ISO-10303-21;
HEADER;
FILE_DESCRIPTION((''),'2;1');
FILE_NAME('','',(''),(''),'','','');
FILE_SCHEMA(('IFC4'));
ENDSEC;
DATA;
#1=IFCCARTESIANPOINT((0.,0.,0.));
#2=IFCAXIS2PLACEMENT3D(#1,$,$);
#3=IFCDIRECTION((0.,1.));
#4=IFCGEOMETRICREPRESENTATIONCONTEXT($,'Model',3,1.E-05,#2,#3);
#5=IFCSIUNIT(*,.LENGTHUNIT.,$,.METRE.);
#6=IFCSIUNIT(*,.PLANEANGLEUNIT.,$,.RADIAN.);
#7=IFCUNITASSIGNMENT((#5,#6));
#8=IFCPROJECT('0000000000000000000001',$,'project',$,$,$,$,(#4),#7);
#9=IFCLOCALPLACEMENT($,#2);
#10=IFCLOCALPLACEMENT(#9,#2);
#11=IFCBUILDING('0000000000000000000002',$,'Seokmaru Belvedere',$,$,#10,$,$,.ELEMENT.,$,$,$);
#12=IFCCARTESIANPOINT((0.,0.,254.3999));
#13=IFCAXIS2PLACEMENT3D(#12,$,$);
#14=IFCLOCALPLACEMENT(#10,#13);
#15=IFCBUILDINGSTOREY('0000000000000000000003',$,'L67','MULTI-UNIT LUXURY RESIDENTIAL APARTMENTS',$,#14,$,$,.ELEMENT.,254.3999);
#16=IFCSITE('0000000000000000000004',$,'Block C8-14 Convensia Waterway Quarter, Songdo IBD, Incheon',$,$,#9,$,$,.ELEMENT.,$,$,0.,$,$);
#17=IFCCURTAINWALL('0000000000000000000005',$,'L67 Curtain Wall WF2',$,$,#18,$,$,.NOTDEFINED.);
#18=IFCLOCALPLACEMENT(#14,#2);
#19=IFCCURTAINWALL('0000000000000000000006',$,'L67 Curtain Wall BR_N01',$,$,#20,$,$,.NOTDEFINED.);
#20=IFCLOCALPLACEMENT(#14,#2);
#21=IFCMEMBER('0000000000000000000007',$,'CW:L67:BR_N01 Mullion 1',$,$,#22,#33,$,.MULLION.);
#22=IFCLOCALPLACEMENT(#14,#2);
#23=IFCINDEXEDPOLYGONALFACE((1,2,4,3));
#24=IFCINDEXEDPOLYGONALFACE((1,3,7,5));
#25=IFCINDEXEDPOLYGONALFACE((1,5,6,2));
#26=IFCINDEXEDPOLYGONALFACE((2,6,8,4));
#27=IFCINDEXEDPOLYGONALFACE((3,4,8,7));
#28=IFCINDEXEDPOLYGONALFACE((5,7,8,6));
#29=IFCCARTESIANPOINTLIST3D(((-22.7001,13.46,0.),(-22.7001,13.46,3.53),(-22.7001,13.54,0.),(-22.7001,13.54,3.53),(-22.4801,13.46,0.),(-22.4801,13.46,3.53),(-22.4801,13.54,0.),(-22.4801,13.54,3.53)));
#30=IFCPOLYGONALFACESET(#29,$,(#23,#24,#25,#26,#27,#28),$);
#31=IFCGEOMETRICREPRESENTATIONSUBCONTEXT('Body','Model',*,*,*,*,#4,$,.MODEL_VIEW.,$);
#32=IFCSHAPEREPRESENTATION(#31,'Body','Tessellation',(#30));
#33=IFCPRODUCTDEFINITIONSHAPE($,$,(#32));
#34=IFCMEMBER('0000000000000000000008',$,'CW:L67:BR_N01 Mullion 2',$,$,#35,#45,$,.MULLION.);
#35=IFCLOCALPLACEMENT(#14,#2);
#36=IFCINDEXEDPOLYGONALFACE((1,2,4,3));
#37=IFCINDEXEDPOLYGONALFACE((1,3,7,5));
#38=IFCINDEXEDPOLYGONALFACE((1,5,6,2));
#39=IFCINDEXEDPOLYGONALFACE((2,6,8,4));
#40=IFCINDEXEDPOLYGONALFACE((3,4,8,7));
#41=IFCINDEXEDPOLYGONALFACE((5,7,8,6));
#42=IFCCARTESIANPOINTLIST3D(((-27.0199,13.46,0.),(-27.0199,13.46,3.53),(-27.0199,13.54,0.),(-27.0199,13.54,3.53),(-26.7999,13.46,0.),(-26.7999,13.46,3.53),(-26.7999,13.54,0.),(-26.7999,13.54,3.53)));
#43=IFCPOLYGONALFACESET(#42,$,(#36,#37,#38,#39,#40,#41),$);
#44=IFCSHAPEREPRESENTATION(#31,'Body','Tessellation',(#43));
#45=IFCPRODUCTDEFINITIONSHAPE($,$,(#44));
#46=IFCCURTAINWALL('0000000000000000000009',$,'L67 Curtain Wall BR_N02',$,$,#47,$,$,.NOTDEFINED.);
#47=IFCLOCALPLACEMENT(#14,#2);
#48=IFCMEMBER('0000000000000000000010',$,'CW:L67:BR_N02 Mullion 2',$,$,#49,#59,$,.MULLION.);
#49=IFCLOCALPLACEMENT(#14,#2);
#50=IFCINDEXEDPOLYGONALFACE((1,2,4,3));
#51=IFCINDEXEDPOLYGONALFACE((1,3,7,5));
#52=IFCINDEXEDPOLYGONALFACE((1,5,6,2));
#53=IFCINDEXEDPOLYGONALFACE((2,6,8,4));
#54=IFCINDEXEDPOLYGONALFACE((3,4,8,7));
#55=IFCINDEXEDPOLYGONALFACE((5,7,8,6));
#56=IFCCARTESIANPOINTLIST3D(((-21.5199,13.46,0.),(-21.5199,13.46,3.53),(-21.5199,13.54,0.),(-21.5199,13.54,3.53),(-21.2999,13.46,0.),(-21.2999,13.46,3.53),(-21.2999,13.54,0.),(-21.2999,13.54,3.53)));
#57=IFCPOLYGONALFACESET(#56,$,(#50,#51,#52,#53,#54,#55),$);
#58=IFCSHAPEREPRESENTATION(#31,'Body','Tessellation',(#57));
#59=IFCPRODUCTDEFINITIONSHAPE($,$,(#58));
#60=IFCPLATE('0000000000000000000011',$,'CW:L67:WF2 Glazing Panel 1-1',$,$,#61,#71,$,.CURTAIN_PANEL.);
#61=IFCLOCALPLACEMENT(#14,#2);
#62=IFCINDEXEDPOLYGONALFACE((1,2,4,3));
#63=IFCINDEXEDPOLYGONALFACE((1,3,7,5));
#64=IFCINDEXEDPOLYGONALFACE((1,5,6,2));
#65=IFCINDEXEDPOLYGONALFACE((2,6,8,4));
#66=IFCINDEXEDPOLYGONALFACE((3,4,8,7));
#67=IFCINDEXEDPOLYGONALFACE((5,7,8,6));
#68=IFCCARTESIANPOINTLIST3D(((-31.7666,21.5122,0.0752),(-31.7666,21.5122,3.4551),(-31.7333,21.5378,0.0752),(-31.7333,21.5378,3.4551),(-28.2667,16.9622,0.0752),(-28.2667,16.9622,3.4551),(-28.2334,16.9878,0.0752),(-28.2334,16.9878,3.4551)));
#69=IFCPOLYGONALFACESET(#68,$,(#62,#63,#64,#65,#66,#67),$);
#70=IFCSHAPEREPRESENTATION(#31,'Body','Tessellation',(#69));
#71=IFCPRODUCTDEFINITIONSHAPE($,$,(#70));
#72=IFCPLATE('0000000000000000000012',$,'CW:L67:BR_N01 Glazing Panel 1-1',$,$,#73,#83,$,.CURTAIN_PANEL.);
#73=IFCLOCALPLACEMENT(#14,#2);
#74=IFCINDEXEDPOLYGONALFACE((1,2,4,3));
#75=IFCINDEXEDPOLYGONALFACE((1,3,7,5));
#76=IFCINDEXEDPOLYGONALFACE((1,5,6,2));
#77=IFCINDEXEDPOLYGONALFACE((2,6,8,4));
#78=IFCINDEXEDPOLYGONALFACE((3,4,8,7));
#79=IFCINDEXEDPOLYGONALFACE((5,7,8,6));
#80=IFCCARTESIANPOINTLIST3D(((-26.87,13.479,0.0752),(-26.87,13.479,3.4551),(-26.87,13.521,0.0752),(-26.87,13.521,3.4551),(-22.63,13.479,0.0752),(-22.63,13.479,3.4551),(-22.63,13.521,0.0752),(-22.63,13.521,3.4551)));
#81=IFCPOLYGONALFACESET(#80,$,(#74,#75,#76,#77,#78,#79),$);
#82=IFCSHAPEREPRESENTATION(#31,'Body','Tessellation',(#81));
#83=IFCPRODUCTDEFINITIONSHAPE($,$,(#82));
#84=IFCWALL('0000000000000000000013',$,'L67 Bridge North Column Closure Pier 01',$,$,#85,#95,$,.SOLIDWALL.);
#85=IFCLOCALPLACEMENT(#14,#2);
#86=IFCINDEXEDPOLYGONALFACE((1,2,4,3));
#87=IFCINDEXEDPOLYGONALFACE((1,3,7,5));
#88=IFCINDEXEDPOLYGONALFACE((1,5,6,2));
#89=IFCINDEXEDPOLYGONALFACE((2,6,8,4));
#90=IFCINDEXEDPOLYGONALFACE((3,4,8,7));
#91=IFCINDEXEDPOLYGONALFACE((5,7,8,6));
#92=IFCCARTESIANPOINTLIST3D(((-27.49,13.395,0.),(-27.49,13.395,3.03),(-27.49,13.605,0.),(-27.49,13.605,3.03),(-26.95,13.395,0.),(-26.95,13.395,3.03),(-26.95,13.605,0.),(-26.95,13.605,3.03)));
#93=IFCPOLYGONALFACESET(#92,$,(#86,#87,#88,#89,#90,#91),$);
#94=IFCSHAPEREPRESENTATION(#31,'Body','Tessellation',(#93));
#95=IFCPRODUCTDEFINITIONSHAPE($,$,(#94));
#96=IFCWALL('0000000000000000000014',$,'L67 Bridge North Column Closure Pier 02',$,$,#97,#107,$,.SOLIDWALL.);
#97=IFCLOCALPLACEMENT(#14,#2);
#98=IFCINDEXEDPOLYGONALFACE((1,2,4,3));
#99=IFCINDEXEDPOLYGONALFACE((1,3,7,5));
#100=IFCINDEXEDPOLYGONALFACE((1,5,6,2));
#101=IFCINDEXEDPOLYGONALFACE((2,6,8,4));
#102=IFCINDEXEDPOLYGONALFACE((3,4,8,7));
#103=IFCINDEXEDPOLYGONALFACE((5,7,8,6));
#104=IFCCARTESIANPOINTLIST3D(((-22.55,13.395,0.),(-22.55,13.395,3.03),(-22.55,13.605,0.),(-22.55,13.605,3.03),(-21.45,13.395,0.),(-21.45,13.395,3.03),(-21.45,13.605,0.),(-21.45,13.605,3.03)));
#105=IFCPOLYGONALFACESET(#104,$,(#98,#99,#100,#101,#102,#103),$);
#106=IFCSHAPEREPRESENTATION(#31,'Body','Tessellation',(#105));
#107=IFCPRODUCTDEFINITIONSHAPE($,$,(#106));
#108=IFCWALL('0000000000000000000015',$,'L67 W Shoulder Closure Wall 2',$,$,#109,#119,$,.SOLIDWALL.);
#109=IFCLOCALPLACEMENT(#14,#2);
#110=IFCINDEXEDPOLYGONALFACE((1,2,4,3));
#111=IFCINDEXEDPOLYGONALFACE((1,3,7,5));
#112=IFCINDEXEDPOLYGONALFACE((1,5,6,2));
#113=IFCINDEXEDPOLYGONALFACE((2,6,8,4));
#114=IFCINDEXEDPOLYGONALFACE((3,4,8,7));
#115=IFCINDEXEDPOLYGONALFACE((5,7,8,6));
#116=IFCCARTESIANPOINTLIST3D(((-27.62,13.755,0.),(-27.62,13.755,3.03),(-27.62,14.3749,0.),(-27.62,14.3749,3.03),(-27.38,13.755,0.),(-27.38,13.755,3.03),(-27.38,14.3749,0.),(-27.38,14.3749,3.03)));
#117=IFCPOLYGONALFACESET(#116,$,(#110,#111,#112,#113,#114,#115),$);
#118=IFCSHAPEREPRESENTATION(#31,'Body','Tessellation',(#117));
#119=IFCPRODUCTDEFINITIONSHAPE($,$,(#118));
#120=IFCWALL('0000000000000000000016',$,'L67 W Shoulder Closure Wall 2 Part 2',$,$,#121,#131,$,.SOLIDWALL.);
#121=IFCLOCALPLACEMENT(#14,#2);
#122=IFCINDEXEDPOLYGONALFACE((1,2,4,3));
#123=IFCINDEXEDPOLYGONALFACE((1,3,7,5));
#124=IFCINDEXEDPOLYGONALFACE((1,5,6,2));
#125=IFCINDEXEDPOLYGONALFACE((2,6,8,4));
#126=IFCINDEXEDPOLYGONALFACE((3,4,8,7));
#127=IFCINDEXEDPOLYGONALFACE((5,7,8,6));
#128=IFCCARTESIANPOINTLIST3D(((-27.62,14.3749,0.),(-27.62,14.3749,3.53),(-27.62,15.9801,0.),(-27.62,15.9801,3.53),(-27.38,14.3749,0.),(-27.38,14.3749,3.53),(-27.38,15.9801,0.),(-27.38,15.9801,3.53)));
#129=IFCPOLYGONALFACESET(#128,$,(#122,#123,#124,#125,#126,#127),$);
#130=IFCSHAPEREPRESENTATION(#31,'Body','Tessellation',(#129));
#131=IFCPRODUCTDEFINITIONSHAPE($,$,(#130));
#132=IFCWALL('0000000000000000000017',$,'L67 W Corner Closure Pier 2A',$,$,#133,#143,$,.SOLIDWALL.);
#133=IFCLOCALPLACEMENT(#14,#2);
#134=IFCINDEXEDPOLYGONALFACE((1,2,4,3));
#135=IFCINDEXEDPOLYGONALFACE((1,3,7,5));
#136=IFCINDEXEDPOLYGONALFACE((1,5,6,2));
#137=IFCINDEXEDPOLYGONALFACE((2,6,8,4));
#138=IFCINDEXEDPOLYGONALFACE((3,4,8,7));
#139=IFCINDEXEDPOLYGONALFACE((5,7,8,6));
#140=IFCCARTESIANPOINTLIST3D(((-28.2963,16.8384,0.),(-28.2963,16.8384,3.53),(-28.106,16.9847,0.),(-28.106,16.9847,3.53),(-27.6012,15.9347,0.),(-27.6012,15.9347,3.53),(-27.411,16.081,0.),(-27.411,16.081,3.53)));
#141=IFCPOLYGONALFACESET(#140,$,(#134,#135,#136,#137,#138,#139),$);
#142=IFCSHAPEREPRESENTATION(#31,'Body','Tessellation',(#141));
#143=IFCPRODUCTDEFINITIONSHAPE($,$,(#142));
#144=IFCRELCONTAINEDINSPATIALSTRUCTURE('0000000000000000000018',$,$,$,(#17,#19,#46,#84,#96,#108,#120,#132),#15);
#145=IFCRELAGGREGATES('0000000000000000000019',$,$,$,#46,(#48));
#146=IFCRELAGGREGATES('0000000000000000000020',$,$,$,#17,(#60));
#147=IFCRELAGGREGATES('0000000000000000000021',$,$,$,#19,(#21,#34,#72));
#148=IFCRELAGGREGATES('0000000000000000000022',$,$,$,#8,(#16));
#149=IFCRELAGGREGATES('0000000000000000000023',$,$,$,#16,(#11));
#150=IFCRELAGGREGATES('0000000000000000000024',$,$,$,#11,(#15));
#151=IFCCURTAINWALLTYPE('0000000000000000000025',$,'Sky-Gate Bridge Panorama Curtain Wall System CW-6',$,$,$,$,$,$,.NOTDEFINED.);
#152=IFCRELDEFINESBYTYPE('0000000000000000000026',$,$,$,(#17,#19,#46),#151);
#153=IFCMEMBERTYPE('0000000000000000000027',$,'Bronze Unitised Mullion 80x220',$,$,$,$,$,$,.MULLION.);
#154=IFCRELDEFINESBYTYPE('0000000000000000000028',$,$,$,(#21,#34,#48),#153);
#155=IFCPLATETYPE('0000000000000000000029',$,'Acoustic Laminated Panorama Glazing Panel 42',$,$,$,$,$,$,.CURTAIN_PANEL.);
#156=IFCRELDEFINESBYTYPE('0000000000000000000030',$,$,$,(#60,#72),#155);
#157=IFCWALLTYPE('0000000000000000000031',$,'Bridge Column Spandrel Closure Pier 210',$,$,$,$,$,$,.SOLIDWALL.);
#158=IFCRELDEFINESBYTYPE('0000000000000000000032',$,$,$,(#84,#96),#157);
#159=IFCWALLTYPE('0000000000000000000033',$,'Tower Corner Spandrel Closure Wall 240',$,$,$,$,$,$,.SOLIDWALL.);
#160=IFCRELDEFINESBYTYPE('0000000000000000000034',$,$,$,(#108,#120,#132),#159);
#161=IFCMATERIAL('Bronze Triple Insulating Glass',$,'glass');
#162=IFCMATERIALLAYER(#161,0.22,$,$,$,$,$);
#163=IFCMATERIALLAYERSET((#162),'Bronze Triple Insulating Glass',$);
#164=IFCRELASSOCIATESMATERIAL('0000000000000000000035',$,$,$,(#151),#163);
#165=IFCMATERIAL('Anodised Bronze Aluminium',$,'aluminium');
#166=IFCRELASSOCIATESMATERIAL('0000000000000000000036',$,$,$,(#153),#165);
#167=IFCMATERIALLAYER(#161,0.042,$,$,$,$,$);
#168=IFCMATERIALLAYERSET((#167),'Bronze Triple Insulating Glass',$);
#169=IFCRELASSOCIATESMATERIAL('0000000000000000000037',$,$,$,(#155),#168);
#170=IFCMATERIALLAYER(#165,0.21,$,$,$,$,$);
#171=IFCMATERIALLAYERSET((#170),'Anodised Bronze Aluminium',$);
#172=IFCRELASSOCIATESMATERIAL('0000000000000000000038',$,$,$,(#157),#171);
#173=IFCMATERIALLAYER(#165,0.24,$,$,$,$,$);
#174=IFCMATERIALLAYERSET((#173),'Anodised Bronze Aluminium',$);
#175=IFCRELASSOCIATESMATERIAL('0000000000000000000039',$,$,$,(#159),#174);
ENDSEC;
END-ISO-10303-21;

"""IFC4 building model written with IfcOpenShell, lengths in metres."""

from ifc_helpers import new_model, si_unit, direction, frame, frame_2d, origin, origin_2d, place, context, subcontext, project, spatial, rectangle, extrude, source, transform, mapped, material, layer, layer_set, material_profile, profile_set, type_object, type_shapes, element, aggregate, save


model = new_model("IFC4")

# Units and contexts
model_context = context("Model", 3, precision=1e-05, world=origin(), true_north=direction((0.0, 1.0)))
body_context = subcontext(model_context, "Body", "Model", "MODEL_VIEW")
ifc_project = project(units=[si_unit("LENGTHUNIT", "METRE"), si_unit("PLANEANGLEUNIT", "RADIAN")], contexts=[model_context])

# Site, building, storey
site_placement = place(None, origin())
site = spatial("IfcSite", under=ifc_project, at=site_placement, Name="Block C8-14 Convensia Waterway Quarter, Songdo IBD, Incheon", CompositionType="ELEMENT", RefElevation=0.0)
building_placement = place(site_placement, origin())
building = spatial("IfcBuilding", under=site, at=building_placement, Name="Seokmaru Belvedere", CompositionType="ELEMENT")
storey_placement = place(building_placement, frame((0.0, 0.0, 254.3999)))
storey = spatial("IfcBuildingStorey", under=building, at=storey_placement, Name="L67", Description="MULTI-UNIT LUXURY RESIDENTIAL APARTMENTS", CompositionType="ELEMENT", Elevation=254.3999)

# Curtain walls
ifc_material_1 = material(Name="Bronze Triple Insulating Glass", Category="glass")
ifc_layer_1 = layer(ifc_material_1, 0.22)
ifc_layer_set_1 = layer_set([ifc_layer_1], Name="Bronze Triple Insulating Glass")
curtain_wall_type = type_object("IfcCurtainWallType", Name="Sky-Gate Bridge Panorama Curtain Wall System CW-6", PredefinedType="NOTDEFINED", material=ifc_layer_set_1)
curtain_wall_1_placement = place(storey_placement, origin())
curtain_wall_1 = element("IfcCurtainWall", 1, at=curtain_wall_1_placement, inside=storey, type_object=curtain_wall_type, Name="L67 Curtain Wall WF2", PredefinedType="NOTDEFINED")
ifc_material_2 = material(Name="Anodised Bronze Aluminium", Category="aluminium")
curtain_wall_2_placement = place(storey_placement, origin())
curtain_wall_2 = element("IfcCurtainWall", 2, at=curtain_wall_2_placement, inside=storey, type_object=curtain_wall_type, Name="L67 Curtain Wall BR_N01", PredefinedType="NOTDEFINED")

# Members
ifc_material_profile_1 = material_profile(ifc_material_2, rectangle(XDim=0.0801, YDim=0.22, at=origin_2d()), Name="CW-M-80x220")
ifc_profile_set_1 = profile_set([ifc_material_profile_1], Name="Anodised Bronze Aluminium")
member_type_1 = type_object("IfcMemberType", Name="Bronze Unitised Mullion 80x220", PredefinedType="MULLION", material=ifc_profile_set_1)
shared_shape_1 = source(origin(), body_context, "Body", "SweptSolid", [
    extrude(rectangle(XDim=0.0801, YDim=0.22, at=origin_2d()), origin(), (0.0, 0.0, 1.0), 3.53),
])
type_shapes(member_type_1, [shared_shape_1])
member_1_placement = place(storey_placement, frame((-22.5901, 13.5, 0.0), z_axis=(0.0, 0.0, 1.0), x_axis=(0.0, -1.0, 0.0)))
member_1 = element("IfcMember", 3, at=member_1_placement, type_object=member_type_1, Name="CW:L67:BR_N01 Mullion 1", PredefinedType="MULLION", context=body_context, shape_type="MappedRepresentation", body=[
    mapped(shared_shape_1, transform((0.0, 0.0, 0.0), scale=1.0)),
])
member_2_placement = place(storey_placement, frame((-26.9099, 13.5, 0.0), z_axis=(0.0, 0.0, 1.0), x_axis=(0.0, -1.0, 0.0)))
member_2 = element("IfcMember", 4, at=member_2_placement, type_object=member_type_1, Name="CW:L67:BR_N01 Mullion 2", PredefinedType="MULLION", context=body_context, shape_type="MappedRepresentation", body=[
    mapped(shared_shape_1, transform((0.0, 0.0, 0.0), scale=1.0)),
])

# Curtain wall, member
curtain_wall_3_placement = place(storey_placement, origin())
curtain_wall_3 = element("IfcCurtainWall", 5, at=curtain_wall_3_placement, inside=storey, type_object=curtain_wall_type, Name="L67 Curtain Wall BR_N02", PredefinedType="NOTDEFINED")
member_3_placement = place(storey_placement, frame((-21.4099, 13.5, 0.0), z_axis=(0.0, 0.0, 1.0), x_axis=(0.0, -1.0, 0.0)))
member_3 = element("IfcMember", 6, at=member_3_placement, type_object=member_type_1, Name="CW:L67:BR_N02 Mullion 2", PredefinedType="MULLION", context=body_context, shape_type="MappedRepresentation", body=[
    mapped(shared_shape_1, transform((0.0, 0.0, 0.0), scale=1.0)),
])
aggregate(curtain_wall_3, [member_3])

# Plates
ifc_layer_2 = layer(ifc_material_1, 0.042)
ifc_layer_set_2 = layer_set([ifc_layer_2], Name="Bronze Triple Insulating Glass")
plate_type = type_object("IfcPlateType", Name="Acoustic Laminated Panorama Glazing Panel 42", PredefinedType="CURTAIN_PANEL", material=ifc_layer_set_2)
shared_shape_2 = source(origin(), body_context, "Body", "SweptSolid", [
    extrude(rectangle(XDim=5.7405, YDim=0.042, at=origin_2d()), origin(), (0.0, 0.0, 1.0), 3.3799),
])
plate_1_placement = place(storey_placement, frame((-30.0, 19.25, 0.0752), z_axis=(0.0, 0.0, 1.0), x_axis=(-0.609701, 0.792631, 0.0)))
plate_1 = element("IfcPlate", 7, at=plate_1_placement, type_object=plate_type, Name="CW:L67:WF2 Glazing Panel 1-1", PredefinedType="CURTAIN_PANEL", context=body_context, shape_type="MappedRepresentation", body=[
    mapped(shared_shape_2, transform((0.0, 0.0, 0.0), scale=1.0)),
])
aggregate(curtain_wall_1, [plate_1])
shared_shape_3 = source(origin(), body_context, "Body", "SweptSolid", [
    extrude(rectangle(XDim=4.24, YDim=0.042, at=origin_2d()), origin(), (0.0, 0.0, 1.0), 3.3799),
])
type_shapes(plate_type, [shared_shape_2, shared_shape_3])
plate_2_placement = place(storey_placement, frame((-24.75, 13.5, 0.0752), z_axis=(0.0, 0.0, 1.0), x_axis=(-1.0, 0.0, 0.0)))
plate_2 = element("IfcPlate", 8, at=plate_2_placement, type_object=plate_type, Name="CW:L67:BR_N01 Glazing Panel 1-1", PredefinedType="CURTAIN_PANEL", context=body_context, shape_type="MappedRepresentation", body=[
    mapped(shared_shape_3, transform((0.0, 0.0, 0.0), scale=1.0)),
])
aggregate(curtain_wall_2, [member_1, member_2, plate_2])

# Walls
ifc_layer_3 = layer(ifc_material_2, 0.21)
ifc_layer_set_3 = layer_set([ifc_layer_3], Name="Anodised Bronze Aluminium")
wall_type_1 = type_object("IfcWallType", Name="Bridge Column Spandrel Closure Pier 210", PredefinedType="SOLIDWALL", material=ifc_layer_set_3)
wall_1_placement = place(storey_placement, frame((-27.49, 13.5, 0.0), z_axis=(0.0, 0.0, 1.0), x_axis=(1.0, 0.0, 0.0)))
element("IfcWall", 9, at=wall_1_placement, inside=storey, type_object=wall_type_1, Name="L67 Bridge North Column Closure Pier 01", PredefinedType="SOLIDWALL", context=body_context, shape_type="SweptSolid", body=[
    extrude(rectangle(XDim=0.54, YDim=0.21, at=frame_2d((0.27, 0.0))), origin(), (0.0, 0.0, 1.0), 3.03),
])
wall_2_placement = place(storey_placement, frame((-22.55, 13.5, 0.0), z_axis=(0.0, 0.0, 1.0), x_axis=(1.0, 0.0, 0.0)))
element("IfcWall", 10, at=wall_2_placement, inside=storey, type_object=wall_type_1, Name="L67 Bridge North Column Closure Pier 02", PredefinedType="SOLIDWALL", context=body_context, shape_type="SweptSolid", body=[
    extrude(rectangle(XDim=1.1001, YDim=0.21, at=frame_2d((0.55, 0.0))), origin(), (0.0, 0.0, 1.0), 3.03),
])
ifc_layer_4 = layer(ifc_material_2, 0.24)
ifc_layer_set_4 = layer_set([ifc_layer_4], Name="Anodised Bronze Aluminium")
wall_type_2 = type_object("IfcWallType", Name="Tower Corner Spandrel Closure Wall 240", PredefinedType="SOLIDWALL", material=ifc_layer_set_4)
wall_3_placement = place(storey_placement, frame((-27.5, 13.7549, 0.0), z_axis=(0.0, 0.0, 1.0), x_axis=(0.0, 1.0, 0.0)))
element("IfcWall", 11, at=wall_3_placement, inside=storey, type_object=wall_type_2, Name="L67 W Shoulder Closure Wall 2", PredefinedType="SOLIDWALL", context=body_context, shape_type="SweptSolid", body=[
    extrude(rectangle(XDim=0.6199, YDim=0.24, at=frame_2d((0.3101, 0.0))), origin(), (0.0, 0.0, 1.0), 3.03),
])
wall_4_placement = place(storey_placement, frame((-27.5, 14.3748, 0.0), z_axis=(0.0, 0.0, 1.0), x_axis=(0.0, 1.0, 0.0)))
element("IfcWall", 12, at=wall_4_placement, inside=storey, type_object=wall_type_2, Name="L67 W Shoulder Closure Wall 2 Part 2", PredefinedType="SOLIDWALL", context=body_context, shape_type="SweptSolid", body=[
    extrude(rectangle(XDim=1.6052, YDim=0.24, at=frame_2d((0.8027, 0.0))), origin(), (0.0, 0.0, 1.0), 3.53),
])
wall_5_placement = place(storey_placement, frame((-27.5061, 16.0078, 0.0), z_axis=(0.0, 0.0, 1.0), x_axis=(-0.609618, 0.792696, 0.0)))
element("IfcWall", 13, at=wall_5_placement, inside=storey, type_object=wall_type_2, Name="L67 W Corner Closure Pier 2A", PredefinedType="SOLIDWALL", context=body_context, shape_type="SweptSolid", body=[
    extrude(rectangle(XDim=1.1401, YDim=0.24, at=frame_2d((0.5701, 0.0))), origin(), (0.0, 0.0, 1.0), 3.53),
])

save(model, "model.ifc")
